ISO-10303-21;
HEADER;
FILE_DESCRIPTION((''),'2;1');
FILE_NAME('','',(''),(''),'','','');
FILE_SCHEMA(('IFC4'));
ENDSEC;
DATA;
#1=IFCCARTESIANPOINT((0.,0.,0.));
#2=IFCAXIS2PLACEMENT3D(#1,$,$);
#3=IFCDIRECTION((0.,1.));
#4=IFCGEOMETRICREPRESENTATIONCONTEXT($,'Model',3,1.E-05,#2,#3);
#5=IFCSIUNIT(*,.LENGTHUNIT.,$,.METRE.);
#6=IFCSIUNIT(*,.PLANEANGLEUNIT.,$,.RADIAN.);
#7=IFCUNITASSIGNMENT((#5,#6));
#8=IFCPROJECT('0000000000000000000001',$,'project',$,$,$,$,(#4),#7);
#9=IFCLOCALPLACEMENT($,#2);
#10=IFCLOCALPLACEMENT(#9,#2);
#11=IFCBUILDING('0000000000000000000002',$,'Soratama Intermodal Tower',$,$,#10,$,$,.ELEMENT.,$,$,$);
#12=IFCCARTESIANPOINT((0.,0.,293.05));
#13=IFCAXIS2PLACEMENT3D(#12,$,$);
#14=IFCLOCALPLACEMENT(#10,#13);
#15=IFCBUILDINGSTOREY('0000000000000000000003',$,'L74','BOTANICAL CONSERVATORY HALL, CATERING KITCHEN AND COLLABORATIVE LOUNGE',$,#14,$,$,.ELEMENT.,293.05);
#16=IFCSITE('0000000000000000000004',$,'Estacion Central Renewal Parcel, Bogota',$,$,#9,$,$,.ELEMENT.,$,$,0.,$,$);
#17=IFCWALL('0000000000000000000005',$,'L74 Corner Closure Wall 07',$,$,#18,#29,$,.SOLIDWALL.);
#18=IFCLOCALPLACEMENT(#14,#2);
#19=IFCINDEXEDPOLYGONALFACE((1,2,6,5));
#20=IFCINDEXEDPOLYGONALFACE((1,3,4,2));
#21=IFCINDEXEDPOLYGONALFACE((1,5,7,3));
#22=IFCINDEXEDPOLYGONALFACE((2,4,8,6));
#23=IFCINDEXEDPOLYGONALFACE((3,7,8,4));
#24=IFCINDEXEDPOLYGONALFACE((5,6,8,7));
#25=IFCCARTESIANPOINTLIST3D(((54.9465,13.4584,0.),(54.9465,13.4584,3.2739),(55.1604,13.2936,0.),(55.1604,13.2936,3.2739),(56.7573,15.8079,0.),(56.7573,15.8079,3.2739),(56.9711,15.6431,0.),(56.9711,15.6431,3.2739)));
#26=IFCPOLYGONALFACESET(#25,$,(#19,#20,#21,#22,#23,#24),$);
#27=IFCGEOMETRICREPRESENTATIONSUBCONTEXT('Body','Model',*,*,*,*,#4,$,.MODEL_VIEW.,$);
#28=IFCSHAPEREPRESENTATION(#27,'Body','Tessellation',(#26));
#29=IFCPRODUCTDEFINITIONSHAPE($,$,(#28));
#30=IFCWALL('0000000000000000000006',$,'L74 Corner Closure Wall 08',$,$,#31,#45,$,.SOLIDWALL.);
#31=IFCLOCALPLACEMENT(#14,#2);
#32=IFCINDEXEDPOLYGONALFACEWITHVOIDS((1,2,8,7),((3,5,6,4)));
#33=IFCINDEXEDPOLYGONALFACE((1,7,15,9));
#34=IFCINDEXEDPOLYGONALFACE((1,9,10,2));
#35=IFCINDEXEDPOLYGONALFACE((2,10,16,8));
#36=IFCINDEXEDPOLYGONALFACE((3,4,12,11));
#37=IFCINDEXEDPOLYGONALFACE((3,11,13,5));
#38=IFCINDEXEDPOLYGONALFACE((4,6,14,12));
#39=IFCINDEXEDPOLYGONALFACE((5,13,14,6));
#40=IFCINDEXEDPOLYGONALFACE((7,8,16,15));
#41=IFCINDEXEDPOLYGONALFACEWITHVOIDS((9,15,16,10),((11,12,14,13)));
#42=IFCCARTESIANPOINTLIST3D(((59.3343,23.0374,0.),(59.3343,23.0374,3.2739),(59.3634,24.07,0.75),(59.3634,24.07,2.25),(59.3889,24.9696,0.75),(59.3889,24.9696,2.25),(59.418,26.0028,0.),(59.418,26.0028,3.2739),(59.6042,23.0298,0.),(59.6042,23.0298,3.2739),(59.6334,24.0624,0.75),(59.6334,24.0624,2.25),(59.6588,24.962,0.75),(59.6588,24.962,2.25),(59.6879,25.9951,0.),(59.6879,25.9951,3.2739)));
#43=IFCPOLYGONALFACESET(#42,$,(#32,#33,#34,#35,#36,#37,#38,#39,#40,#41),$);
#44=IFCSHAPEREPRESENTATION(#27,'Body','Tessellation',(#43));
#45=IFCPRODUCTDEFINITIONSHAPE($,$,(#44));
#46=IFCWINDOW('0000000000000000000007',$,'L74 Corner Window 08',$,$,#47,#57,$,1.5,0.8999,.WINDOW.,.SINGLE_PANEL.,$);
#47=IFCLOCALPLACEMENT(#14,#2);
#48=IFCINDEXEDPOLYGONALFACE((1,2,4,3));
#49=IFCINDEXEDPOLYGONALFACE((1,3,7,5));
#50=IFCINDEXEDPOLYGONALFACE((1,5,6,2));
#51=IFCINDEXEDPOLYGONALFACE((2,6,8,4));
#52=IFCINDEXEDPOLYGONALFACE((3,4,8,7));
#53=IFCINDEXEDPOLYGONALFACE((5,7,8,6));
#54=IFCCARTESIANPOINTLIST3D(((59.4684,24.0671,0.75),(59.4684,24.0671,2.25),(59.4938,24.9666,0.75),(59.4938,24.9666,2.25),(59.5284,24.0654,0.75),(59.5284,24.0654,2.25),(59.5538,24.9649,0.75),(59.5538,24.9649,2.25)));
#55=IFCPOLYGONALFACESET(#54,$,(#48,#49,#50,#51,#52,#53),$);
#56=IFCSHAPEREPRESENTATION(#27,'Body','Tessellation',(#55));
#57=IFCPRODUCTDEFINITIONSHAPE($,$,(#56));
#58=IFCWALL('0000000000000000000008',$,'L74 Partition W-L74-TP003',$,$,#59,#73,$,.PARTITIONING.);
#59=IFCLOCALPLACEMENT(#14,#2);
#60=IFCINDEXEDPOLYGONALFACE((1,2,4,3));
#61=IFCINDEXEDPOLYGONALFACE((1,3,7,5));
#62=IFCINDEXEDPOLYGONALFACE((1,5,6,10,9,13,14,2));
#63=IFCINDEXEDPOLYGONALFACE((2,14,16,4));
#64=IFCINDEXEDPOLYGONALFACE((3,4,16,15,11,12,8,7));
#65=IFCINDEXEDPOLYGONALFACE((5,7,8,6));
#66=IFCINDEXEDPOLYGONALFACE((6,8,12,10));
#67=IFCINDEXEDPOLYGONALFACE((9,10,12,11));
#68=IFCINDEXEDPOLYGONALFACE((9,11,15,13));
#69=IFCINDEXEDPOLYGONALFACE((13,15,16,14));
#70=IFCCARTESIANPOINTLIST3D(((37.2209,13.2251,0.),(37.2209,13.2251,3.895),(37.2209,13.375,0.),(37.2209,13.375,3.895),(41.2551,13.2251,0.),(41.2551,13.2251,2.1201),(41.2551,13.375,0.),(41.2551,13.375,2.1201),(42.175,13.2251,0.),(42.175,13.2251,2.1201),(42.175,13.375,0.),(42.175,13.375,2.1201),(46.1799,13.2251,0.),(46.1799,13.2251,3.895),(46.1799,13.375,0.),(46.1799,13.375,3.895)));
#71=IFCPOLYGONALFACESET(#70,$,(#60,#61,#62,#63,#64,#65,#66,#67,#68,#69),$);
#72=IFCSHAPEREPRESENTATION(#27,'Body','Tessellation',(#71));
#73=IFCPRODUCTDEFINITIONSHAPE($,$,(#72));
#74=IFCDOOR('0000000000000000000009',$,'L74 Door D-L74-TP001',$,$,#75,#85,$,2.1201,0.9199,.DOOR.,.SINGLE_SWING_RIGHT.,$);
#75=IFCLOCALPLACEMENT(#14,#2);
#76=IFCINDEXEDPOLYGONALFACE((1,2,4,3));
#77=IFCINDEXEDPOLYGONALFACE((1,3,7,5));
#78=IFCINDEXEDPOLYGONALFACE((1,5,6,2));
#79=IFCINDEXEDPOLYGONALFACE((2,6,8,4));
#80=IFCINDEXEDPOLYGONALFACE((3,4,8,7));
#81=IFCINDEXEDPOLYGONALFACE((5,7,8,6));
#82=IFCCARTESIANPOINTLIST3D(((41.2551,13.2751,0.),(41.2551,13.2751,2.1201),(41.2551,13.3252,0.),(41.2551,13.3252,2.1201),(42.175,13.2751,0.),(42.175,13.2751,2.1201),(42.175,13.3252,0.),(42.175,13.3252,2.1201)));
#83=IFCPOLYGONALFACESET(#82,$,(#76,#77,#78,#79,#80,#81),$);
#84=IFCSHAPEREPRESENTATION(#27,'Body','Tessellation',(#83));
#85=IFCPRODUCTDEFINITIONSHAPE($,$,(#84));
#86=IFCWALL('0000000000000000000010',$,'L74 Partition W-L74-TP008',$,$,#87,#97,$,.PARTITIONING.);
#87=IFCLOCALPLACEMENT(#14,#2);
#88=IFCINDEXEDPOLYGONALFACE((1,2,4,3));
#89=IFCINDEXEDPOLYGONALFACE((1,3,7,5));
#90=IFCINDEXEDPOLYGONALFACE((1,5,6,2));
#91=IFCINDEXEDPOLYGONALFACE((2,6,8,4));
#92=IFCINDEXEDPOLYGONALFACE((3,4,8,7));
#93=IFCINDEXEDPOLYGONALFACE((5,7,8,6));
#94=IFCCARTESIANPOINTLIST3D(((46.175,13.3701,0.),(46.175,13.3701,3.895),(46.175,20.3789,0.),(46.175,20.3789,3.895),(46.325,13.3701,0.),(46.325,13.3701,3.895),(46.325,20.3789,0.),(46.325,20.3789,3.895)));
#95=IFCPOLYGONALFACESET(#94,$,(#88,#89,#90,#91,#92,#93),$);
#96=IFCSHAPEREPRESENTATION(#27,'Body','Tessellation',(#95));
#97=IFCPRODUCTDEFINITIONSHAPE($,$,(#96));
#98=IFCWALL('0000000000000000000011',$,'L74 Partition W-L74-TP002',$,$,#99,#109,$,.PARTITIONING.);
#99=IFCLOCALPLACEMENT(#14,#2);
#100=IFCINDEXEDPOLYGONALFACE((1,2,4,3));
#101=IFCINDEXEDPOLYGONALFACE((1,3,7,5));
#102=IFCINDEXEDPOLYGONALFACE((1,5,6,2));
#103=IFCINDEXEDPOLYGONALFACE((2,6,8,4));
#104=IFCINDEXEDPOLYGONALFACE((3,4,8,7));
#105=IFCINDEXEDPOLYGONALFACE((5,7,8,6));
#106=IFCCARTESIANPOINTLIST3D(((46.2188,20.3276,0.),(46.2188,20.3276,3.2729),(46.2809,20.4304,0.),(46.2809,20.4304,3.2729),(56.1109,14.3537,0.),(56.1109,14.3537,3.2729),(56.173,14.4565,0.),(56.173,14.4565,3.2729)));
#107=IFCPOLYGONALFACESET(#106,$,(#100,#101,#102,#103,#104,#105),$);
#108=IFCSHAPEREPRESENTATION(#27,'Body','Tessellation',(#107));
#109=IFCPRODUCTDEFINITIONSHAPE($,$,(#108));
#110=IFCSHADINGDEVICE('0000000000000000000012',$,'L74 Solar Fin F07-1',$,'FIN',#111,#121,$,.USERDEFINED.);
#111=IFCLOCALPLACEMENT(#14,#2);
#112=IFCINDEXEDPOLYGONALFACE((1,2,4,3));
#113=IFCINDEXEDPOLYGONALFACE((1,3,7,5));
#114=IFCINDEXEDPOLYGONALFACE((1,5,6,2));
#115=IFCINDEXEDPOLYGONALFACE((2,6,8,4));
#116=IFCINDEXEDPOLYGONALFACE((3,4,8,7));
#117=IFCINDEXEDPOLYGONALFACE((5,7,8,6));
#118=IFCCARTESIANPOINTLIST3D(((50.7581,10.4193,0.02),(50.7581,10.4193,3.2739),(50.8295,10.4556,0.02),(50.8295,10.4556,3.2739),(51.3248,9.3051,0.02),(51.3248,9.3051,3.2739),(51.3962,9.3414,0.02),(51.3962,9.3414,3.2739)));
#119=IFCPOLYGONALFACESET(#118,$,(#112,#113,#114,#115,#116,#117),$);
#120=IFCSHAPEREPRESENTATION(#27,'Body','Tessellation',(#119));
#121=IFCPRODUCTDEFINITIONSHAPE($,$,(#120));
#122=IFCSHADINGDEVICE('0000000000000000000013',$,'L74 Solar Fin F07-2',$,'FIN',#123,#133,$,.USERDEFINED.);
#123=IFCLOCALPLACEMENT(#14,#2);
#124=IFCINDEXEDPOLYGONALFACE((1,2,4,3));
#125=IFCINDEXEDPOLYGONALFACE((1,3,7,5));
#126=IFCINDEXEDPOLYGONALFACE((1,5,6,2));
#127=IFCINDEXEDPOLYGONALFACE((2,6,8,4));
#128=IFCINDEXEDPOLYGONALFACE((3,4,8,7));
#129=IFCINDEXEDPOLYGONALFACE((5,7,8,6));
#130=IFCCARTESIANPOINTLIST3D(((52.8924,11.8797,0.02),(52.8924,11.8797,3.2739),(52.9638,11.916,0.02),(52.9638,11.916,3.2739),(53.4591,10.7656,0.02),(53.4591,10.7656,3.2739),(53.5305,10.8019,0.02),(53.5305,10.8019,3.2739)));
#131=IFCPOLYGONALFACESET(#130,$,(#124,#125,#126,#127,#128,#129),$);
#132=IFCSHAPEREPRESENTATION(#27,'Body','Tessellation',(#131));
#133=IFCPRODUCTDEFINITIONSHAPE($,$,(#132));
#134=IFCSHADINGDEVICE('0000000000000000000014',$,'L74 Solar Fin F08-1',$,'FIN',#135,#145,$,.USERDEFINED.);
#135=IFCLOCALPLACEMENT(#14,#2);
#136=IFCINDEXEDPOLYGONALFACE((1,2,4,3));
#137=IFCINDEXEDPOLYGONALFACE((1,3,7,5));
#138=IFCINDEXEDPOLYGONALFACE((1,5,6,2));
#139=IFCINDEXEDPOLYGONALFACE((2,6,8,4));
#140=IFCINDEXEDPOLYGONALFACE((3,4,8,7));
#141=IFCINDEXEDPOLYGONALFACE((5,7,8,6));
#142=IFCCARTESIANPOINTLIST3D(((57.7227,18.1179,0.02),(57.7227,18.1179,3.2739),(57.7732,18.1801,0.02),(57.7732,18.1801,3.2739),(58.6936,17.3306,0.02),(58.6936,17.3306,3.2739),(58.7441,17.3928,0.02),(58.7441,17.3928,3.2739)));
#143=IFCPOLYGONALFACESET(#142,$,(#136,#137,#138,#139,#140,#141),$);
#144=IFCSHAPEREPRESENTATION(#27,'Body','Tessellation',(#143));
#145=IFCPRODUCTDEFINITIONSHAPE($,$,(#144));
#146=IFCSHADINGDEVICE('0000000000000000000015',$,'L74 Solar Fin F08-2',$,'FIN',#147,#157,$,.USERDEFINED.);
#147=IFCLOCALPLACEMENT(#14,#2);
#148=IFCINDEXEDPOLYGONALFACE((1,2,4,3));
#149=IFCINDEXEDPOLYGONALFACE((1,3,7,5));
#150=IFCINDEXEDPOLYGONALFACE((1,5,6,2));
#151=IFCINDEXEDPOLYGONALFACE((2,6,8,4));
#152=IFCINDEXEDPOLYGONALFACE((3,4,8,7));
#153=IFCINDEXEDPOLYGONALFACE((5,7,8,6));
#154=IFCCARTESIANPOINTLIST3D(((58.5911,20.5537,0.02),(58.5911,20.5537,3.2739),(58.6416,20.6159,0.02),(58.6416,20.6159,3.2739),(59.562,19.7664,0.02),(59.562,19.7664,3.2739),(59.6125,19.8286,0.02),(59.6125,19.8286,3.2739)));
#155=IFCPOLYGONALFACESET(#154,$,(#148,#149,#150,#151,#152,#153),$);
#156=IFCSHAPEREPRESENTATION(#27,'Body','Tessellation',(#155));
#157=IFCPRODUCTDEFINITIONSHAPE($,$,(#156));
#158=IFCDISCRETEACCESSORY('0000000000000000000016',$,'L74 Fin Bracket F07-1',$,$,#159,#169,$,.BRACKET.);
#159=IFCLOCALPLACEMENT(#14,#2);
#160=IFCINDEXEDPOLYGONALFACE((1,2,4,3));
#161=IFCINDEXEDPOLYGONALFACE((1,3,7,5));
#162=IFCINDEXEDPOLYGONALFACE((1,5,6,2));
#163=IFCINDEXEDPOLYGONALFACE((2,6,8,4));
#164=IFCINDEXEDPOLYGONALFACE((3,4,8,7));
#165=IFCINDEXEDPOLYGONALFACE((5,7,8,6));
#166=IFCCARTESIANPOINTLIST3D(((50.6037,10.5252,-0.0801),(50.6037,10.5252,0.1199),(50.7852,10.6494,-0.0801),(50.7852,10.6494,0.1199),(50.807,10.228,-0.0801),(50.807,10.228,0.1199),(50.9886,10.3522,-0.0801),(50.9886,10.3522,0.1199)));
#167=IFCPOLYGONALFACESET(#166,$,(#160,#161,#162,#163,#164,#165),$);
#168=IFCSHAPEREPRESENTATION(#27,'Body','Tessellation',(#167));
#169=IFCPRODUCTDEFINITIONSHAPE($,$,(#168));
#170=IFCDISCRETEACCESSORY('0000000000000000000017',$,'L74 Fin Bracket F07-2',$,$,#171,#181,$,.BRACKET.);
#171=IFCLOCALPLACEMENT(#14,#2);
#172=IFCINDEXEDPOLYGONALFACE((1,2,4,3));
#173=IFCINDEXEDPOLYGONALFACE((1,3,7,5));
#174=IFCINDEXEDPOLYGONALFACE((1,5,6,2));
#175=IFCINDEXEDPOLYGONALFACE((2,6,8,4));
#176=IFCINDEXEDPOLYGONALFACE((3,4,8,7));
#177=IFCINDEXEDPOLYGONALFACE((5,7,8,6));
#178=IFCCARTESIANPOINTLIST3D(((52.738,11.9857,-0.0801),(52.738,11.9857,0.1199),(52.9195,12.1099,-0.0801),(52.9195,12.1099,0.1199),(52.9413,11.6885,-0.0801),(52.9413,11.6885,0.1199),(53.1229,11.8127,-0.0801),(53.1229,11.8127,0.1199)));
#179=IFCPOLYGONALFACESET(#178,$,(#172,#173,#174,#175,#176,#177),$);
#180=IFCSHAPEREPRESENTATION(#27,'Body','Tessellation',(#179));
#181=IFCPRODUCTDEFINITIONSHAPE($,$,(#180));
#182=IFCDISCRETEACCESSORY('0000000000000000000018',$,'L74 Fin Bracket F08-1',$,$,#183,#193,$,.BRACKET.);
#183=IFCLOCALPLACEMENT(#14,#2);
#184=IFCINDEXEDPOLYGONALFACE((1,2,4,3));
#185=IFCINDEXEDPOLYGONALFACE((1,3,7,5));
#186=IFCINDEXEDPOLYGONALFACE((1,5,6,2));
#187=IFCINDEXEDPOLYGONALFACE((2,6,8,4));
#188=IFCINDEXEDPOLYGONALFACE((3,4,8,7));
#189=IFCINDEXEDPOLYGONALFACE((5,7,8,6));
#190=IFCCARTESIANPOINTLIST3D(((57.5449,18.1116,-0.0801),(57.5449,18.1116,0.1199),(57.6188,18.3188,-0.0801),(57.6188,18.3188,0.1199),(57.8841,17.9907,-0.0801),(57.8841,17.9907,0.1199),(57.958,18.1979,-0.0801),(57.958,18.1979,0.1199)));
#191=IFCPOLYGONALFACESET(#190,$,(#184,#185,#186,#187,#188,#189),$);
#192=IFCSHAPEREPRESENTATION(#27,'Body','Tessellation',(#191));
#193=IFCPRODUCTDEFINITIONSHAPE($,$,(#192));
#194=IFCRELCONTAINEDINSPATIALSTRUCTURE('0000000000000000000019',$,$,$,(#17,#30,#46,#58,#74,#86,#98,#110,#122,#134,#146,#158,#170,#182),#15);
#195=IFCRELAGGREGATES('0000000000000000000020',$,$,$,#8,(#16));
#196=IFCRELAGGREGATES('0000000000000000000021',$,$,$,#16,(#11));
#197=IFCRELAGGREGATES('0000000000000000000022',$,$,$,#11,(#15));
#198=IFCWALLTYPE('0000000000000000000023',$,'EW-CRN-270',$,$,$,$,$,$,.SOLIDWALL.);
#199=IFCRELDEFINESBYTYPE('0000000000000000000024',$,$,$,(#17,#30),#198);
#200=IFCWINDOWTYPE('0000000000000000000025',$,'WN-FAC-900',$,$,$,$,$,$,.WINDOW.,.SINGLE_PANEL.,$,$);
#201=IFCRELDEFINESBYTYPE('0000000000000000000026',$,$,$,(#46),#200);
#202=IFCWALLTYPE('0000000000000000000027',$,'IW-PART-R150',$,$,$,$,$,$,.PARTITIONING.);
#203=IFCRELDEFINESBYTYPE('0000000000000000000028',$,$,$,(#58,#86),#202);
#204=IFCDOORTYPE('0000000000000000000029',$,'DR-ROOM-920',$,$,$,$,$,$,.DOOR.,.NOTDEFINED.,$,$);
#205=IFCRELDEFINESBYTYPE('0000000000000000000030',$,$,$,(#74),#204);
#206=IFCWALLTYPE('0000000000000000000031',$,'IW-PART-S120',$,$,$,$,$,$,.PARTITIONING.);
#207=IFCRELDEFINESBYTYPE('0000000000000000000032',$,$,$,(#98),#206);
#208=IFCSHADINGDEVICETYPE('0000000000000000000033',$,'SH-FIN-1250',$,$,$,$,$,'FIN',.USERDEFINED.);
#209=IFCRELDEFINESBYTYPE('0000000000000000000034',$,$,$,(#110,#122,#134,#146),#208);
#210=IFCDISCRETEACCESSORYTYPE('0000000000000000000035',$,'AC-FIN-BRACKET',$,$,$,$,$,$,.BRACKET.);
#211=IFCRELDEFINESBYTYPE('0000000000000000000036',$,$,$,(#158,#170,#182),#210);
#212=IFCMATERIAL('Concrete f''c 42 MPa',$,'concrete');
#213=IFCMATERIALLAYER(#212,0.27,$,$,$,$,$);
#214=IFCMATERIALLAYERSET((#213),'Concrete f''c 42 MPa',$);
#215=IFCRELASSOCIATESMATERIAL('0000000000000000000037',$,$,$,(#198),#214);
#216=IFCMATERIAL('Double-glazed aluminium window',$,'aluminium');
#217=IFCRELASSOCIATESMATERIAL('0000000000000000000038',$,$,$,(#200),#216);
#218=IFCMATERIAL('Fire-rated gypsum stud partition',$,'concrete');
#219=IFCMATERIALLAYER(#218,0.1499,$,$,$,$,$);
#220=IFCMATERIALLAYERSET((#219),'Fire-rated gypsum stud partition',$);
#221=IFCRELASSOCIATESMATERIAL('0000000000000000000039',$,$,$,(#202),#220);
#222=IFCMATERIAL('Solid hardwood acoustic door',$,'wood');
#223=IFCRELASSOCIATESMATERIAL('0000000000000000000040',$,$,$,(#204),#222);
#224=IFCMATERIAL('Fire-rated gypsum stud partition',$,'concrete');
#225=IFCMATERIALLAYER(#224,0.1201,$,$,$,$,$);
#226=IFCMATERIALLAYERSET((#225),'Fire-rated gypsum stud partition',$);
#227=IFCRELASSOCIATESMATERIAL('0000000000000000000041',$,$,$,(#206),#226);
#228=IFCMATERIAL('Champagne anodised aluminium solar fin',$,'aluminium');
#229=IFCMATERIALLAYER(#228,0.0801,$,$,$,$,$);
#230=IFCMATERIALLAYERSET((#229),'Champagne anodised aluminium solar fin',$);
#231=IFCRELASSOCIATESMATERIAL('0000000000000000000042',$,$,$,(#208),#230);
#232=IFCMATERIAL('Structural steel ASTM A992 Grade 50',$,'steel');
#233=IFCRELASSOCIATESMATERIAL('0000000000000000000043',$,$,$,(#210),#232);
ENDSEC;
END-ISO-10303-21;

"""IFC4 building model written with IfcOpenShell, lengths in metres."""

from ifc_helpers import new_model, si_unit, direction, frame, frame_2d, origin, origin_2d, place, context, subcontext, project, spatial, rectangle, extrude, material, layer, layer_set, type_object, element, fill, save


model = new_model("IFC4")

# Units and contexts
model_context = context("Model", 3, precision=1e-05, world=origin(), true_north=direction((0.0, 1.0)))
body_context = subcontext(model_context, "Body", "Model", "MODEL_VIEW")
ifc_project = project(units=[si_unit("LENGTHUNIT", "METRE"), si_unit("PLANEANGLEUNIT", "RADIAN")], contexts=[model_context])

# Site, building, storey
site_placement = place(None, origin())
site = spatial("IfcSite", under=ifc_project, at=site_placement, Name="Estacion Central Renewal Parcel, Bogota", CompositionType="ELEMENT", RefElevation=0.0)
building_placement = place(site_placement, origin())
building = spatial("IfcBuilding", under=site, at=building_placement, Name="Soratama Intermodal Tower", CompositionType="ELEMENT")
storey_placement = place(building_placement, frame((0.0, 0.0, 293.05)))
storey = spatial("IfcBuildingStorey", under=building, at=storey_placement, Name="L74", Description="BOTANICAL CONSERVATORY HALL, CATERING KITCHEN AND COLLABORATIVE LOUNGE", CompositionType="ELEMENT", Elevation=293.05)

# Wall
ifc_material_1 = material(Name="Concrete f'c 42 MPa", Category="concrete")
ifc_layer_1 = layer(ifc_material_1, 0.27)
ifc_layer_set_1 = layer_set([ifc_layer_1], Name="Concrete f'c 42 MPa")
wall_type_1 = type_object("IfcWallType", Name="EW-CRN-270", PredefinedType="SOLIDWALL", material=ifc_layer_set_1)
wall_1_placement = place(storey_placement, frame((55.0535, 13.376, 0.0), z_axis=(0.0, 0.0, 1.0), x_axis=(0.61043, 0.79207, 0.0)))
element("IfcWall", 1, at=wall_1_placement, inside=storey, type_object=wall_type_1, Name="L74 Corner Closure Wall 07", PredefinedType="SOLIDWALL", context=body_context, shape_type="SweptSolid", body=[
    extrude(rectangle(XDim=2.9663, YDim=0.27, at=frame_2d((1.4832, 0.0))), origin(), (0.0, 0.0, 1.0), 3.2739),
])

# Wall, opening, window
wall_2_placement = place(storey_placement, frame((59.4692, 23.0334, 0.0), z_axis=(0.0, 0.0, 1.0), x_axis=(0.028228, 0.999601, 0.0)))
wall_2 = element("IfcWall", 2, at=wall_2_placement, inside=storey, type_object=wall_type_1, Name="L74 Corner Closure Wall 08", PredefinedType="SOLIDWALL", context=body_context, shape_type="SweptSolid", body=[
    extrude(rectangle(XDim=2.9666, YDim=0.27, at=frame_2d((1.4834, 0.0))), origin(), (0.0, 0.0, 1.0), 3.2739),
])
opening_1_placement = place(wall_2_placement, frame((1.0332, 0.0, 0.75)))
opening_1 = element("IfcOpeningElement", 3, at=opening_1_placement, cuts=wall_2, PredefinedType="OPENING", context=body_context, shape_type="SweptSolid", body=[
    extrude(rectangle(XDim=0.8999, YDim=1.5, at=frame_2d((0.45, 0.75))), frame((0.0, 0.145, 0.0), z_axis=(0.0, -1.0, 0.0), x_axis=(1.0, 0.0, 0.0)), (0.0, 0.0, 1.0), 0.29),
])
ifc_material_2 = material(Name="Double-glazed aluminium window", Category="aluminium")
window_type = type_object("IfcWindowType", Name="WN-FAC-900", PartitioningType="SINGLE_PANEL", PredefinedType="WINDOW", material=ifc_material_2)
window_placement = place(opening_1_placement, origin())
window = element("IfcWindow", 4, at=window_placement, inside=storey, type_object=window_type, Name="L74 Corner Window 08", OverallHeight=1.5, OverallWidth=0.8999, PartitioningType="SINGLE_PANEL", PredefinedType="WINDOW", context=body_context, shape_type="SweptSolid", body=[
    extrude(rectangle(XDim=0.8999, YDim=1.5, at=frame_2d((0.45, 0.75))), frame((0.0, 0.03, 0.0), z_axis=(0.0, -1.0, 0.0), x_axis=(1.0, 0.0, 0.0)), (0.0, 0.0, 1.0), 0.0601),
])
fill(opening_1, window)

# Wall, opening, door
ifc_material_3 = material(Name="Fire-rated gypsum stud partition", Category="concrete")
ifc_layer_2 = layer(ifc_material_3, 0.1499)
ifc_layer_set_2 = layer_set([ifc_layer_2], Name="Fire-rated gypsum stud partition")
wall_type_2 = type_object("IfcWallType", Name="IW-PART-R150", PredefinedType="PARTITIONING", material=ifc_layer_set_2)
wall_3_placement = place(storey_placement, frame((46.1799, 13.3, 0.0), z_axis=(0.0, 0.0, 1.0), x_axis=(-1.0, 0.0, 0.0)))
wall_3 = element("IfcWall", 5, at=wall_3_placement, inside=storey, type_object=wall_type_2, Name="L74 Partition W-L74-TP003", PredefinedType="PARTITIONING", context=body_context, shape_type="SweptSolid", body=[
    extrude(rectangle(XDim=8.959, YDim=0.1499, at=frame_2d((4.4795, 0.0))), origin(), (0.0, 0.0, 1.0), 3.895),
])
opening_2_placement = place(wall_3_placement, frame((4.0049, 0.0, 0.0)))
opening_2 = element("IfcOpeningElement", 6, at=opening_2_placement, cuts=wall_3, PredefinedType="OPENING", context=body_context, shape_type="SweptSolid", body=[
    extrude(rectangle(XDim=0.9199, YDim=2.1201, at=frame_2d((0.46, 1.0601))), frame((0.0, 0.085, 0.0), z_axis=(0.0, -1.0, 0.0), x_axis=(1.0, 0.0, 0.0)), (0.0, 0.0, 1.0), 0.1699),
])
ifc_material_4 = material(Name="Solid hardwood acoustic door", Category="wood")
door_type = type_object("IfcDoorType", Name="DR-ROOM-920", OperationType="NOTDEFINED", PredefinedType="DOOR", material=ifc_material_4)
door_placement = place(opening_2_placement, origin())
door = element("IfcDoor", 7, at=door_placement, inside=storey, type_object=door_type, Name="L74 Door D-L74-TP001", OperationType="SINGLE_SWING_RIGHT", OverallHeight=2.1201, OverallWidth=0.9199, PredefinedType="DOOR", context=body_context, shape_type="SweptSolid", body=[
    extrude(rectangle(XDim=0.9199, YDim=2.1201, at=frame_2d((0.46, 1.0601))), frame((0.0, 0.0249, 0.0), z_axis=(0.0, -1.0, 0.0), x_axis=(1.0, 0.0, 0.0)), (0.0, 0.0, 1.0), 0.05),
])
fill(opening_2, door)

# Walls
wall_4_placement = place(storey_placement, frame((46.25, 20.3789, 0.0), z_axis=(0.0, 0.0, 1.0), x_axis=(0.0, -1.0, 0.0)))
element("IfcWall", 8, at=wall_4_placement, inside=storey, type_object=wall_type_2, Name="L74 Partition W-L74-TP008", PredefinedType="PARTITIONING", context=body_context, shape_type="SweptSolid", body=[
    extrude(rectangle(XDim=7.0088, YDim=0.1499, at=frame_2d((3.5044, 0.0))), origin(), (0.0, 0.0, 1.0), 3.895),
])
ifc_material_5 = material(Name="Fire-rated gypsum stud partition", Category="concrete")
ifc_layer_3 = layer(ifc_material_5, 0.1201)
ifc_layer_set_3 = layer_set([ifc_layer_3], Name="Fire-rated gypsum stud partition")
wall_type_3 = type_object("IfcWallType", Name="IW-PART-S120", PredefinedType="PARTITIONING", material=ifc_layer_set_3)
wall_5_placement = place(storey_placement, frame((46.25, 20.3789, 0.0), z_axis=(0.0, 0.0, 1.0), x_axis=(0.856015, -0.516951, 0.0)))
element("IfcWall", 9, at=wall_5_placement, inside=storey, type_object=wall_type_3, Name="L74 Partition W-L74-TP002", PredefinedType="PARTITIONING", context=body_context, shape_type="SweptSolid", body=[
    extrude(rectangle(XDim=11.5559, YDim=0.1201, at=frame_2d((5.7778, 0.0))), origin(), (0.0, 0.0, 1.0), 3.2729),
])

# Shading devices
ifc_material_6 = material(Name="Champagne anodised aluminium solar fin", Category="aluminium")
ifc_layer_4 = layer(ifc_material_6, 0.0801)
ifc_layer_set_4 = layer_set([ifc_layer_4], Name="Champagne anodised aluminium solar fin")
shading_device_type = type_object("IfcShadingDeviceType", Name="SH-FIN-1250", ElementType="FIN", PredefinedType="USERDEFINED", material=ifc_layer_set_4)
for number, where, z_axis, x_axis, name in (
    (10, (51.0771, 9.8804, 0.02), (0.0, 0.0, 1.0), (0.453368, -0.891323, 0.0), "L74 Solar Fin F07-1"),
    (11, (53.2114, 11.3408, 0.02), (0.0, 0.0, 1.0), (0.453368, -0.891323, 0.0), "L74 Solar Fin F07-2"),
    (12, (58.2334, 17.7554, 0.02), (0.0, 0.0, 1.0), (0.776706, -0.629863, 0.0), "L74 Solar Fin F08-1"),
    (13, (59.1018, 20.1912, 0.02), (0.0, 0.0, 1.0), (0.776706, -0.629863, 0.0), "L74 Solar Fin F08-2"),
):
    element("IfcShadingDevice", number, at=place(storey_placement, frame(where, z_axis=z_axis, x_axis=x_axis)), inside=storey, type_object=shading_device_type, Name=name, ObjectType="FIN", PredefinedType="USERDEFINED", context=body_context, shape_type="SweptSolid", body=[
        extrude(rectangle(XDim=1.25, YDim=0.0801, at=origin_2d()), origin(), (0.0, 0.0, 1.0), 3.2539),
    ])

# Discrete accessories
ifc_material_7 = material(Name="Structural steel ASTM A992 Grade 50", Category="steel")
discrete_accessory_type = type_object("IfcDiscreteAccessoryType", Name="AC-FIN-BRACKET", PredefinedType="BRACKET", material=ifc_material_7)
for number, where, z_axis, x_axis, name in (
    (14, (50.7961, 10.4387, -0.0801), (0.0, 0.0, 1.0), (0.564679, -0.825311, 0.0), "L74 Fin Bracket F07-1"),
    (15, (52.9304, 11.8992, -0.0801), (0.0, 0.0, 1.0), (0.564679, -0.825311, 0.0), "L74 Fin Bracket F07-2"),
    (16, (57.7515, 18.1548, -0.0801), (0.0, 0.0, 1.0), (0.94194, -0.33578, 0.0), "L74 Fin Bracket F08-1"),
):
    element("IfcDiscreteAccessory", number, at=place(storey_placement, frame(where, z_axis=z_axis, x_axis=x_axis)), inside=storey, type_object=discrete_accessory_type, Name=name, PredefinedType="BRACKET", context=body_context, shape_type="SweptSolid", body=[
        extrude(rectangle(XDim=0.3601, YDim=0.22, at=origin_2d()), origin(), (0.0, 0.0, 1.0), 0.2),
    ])

save(model, "model.ifc")
